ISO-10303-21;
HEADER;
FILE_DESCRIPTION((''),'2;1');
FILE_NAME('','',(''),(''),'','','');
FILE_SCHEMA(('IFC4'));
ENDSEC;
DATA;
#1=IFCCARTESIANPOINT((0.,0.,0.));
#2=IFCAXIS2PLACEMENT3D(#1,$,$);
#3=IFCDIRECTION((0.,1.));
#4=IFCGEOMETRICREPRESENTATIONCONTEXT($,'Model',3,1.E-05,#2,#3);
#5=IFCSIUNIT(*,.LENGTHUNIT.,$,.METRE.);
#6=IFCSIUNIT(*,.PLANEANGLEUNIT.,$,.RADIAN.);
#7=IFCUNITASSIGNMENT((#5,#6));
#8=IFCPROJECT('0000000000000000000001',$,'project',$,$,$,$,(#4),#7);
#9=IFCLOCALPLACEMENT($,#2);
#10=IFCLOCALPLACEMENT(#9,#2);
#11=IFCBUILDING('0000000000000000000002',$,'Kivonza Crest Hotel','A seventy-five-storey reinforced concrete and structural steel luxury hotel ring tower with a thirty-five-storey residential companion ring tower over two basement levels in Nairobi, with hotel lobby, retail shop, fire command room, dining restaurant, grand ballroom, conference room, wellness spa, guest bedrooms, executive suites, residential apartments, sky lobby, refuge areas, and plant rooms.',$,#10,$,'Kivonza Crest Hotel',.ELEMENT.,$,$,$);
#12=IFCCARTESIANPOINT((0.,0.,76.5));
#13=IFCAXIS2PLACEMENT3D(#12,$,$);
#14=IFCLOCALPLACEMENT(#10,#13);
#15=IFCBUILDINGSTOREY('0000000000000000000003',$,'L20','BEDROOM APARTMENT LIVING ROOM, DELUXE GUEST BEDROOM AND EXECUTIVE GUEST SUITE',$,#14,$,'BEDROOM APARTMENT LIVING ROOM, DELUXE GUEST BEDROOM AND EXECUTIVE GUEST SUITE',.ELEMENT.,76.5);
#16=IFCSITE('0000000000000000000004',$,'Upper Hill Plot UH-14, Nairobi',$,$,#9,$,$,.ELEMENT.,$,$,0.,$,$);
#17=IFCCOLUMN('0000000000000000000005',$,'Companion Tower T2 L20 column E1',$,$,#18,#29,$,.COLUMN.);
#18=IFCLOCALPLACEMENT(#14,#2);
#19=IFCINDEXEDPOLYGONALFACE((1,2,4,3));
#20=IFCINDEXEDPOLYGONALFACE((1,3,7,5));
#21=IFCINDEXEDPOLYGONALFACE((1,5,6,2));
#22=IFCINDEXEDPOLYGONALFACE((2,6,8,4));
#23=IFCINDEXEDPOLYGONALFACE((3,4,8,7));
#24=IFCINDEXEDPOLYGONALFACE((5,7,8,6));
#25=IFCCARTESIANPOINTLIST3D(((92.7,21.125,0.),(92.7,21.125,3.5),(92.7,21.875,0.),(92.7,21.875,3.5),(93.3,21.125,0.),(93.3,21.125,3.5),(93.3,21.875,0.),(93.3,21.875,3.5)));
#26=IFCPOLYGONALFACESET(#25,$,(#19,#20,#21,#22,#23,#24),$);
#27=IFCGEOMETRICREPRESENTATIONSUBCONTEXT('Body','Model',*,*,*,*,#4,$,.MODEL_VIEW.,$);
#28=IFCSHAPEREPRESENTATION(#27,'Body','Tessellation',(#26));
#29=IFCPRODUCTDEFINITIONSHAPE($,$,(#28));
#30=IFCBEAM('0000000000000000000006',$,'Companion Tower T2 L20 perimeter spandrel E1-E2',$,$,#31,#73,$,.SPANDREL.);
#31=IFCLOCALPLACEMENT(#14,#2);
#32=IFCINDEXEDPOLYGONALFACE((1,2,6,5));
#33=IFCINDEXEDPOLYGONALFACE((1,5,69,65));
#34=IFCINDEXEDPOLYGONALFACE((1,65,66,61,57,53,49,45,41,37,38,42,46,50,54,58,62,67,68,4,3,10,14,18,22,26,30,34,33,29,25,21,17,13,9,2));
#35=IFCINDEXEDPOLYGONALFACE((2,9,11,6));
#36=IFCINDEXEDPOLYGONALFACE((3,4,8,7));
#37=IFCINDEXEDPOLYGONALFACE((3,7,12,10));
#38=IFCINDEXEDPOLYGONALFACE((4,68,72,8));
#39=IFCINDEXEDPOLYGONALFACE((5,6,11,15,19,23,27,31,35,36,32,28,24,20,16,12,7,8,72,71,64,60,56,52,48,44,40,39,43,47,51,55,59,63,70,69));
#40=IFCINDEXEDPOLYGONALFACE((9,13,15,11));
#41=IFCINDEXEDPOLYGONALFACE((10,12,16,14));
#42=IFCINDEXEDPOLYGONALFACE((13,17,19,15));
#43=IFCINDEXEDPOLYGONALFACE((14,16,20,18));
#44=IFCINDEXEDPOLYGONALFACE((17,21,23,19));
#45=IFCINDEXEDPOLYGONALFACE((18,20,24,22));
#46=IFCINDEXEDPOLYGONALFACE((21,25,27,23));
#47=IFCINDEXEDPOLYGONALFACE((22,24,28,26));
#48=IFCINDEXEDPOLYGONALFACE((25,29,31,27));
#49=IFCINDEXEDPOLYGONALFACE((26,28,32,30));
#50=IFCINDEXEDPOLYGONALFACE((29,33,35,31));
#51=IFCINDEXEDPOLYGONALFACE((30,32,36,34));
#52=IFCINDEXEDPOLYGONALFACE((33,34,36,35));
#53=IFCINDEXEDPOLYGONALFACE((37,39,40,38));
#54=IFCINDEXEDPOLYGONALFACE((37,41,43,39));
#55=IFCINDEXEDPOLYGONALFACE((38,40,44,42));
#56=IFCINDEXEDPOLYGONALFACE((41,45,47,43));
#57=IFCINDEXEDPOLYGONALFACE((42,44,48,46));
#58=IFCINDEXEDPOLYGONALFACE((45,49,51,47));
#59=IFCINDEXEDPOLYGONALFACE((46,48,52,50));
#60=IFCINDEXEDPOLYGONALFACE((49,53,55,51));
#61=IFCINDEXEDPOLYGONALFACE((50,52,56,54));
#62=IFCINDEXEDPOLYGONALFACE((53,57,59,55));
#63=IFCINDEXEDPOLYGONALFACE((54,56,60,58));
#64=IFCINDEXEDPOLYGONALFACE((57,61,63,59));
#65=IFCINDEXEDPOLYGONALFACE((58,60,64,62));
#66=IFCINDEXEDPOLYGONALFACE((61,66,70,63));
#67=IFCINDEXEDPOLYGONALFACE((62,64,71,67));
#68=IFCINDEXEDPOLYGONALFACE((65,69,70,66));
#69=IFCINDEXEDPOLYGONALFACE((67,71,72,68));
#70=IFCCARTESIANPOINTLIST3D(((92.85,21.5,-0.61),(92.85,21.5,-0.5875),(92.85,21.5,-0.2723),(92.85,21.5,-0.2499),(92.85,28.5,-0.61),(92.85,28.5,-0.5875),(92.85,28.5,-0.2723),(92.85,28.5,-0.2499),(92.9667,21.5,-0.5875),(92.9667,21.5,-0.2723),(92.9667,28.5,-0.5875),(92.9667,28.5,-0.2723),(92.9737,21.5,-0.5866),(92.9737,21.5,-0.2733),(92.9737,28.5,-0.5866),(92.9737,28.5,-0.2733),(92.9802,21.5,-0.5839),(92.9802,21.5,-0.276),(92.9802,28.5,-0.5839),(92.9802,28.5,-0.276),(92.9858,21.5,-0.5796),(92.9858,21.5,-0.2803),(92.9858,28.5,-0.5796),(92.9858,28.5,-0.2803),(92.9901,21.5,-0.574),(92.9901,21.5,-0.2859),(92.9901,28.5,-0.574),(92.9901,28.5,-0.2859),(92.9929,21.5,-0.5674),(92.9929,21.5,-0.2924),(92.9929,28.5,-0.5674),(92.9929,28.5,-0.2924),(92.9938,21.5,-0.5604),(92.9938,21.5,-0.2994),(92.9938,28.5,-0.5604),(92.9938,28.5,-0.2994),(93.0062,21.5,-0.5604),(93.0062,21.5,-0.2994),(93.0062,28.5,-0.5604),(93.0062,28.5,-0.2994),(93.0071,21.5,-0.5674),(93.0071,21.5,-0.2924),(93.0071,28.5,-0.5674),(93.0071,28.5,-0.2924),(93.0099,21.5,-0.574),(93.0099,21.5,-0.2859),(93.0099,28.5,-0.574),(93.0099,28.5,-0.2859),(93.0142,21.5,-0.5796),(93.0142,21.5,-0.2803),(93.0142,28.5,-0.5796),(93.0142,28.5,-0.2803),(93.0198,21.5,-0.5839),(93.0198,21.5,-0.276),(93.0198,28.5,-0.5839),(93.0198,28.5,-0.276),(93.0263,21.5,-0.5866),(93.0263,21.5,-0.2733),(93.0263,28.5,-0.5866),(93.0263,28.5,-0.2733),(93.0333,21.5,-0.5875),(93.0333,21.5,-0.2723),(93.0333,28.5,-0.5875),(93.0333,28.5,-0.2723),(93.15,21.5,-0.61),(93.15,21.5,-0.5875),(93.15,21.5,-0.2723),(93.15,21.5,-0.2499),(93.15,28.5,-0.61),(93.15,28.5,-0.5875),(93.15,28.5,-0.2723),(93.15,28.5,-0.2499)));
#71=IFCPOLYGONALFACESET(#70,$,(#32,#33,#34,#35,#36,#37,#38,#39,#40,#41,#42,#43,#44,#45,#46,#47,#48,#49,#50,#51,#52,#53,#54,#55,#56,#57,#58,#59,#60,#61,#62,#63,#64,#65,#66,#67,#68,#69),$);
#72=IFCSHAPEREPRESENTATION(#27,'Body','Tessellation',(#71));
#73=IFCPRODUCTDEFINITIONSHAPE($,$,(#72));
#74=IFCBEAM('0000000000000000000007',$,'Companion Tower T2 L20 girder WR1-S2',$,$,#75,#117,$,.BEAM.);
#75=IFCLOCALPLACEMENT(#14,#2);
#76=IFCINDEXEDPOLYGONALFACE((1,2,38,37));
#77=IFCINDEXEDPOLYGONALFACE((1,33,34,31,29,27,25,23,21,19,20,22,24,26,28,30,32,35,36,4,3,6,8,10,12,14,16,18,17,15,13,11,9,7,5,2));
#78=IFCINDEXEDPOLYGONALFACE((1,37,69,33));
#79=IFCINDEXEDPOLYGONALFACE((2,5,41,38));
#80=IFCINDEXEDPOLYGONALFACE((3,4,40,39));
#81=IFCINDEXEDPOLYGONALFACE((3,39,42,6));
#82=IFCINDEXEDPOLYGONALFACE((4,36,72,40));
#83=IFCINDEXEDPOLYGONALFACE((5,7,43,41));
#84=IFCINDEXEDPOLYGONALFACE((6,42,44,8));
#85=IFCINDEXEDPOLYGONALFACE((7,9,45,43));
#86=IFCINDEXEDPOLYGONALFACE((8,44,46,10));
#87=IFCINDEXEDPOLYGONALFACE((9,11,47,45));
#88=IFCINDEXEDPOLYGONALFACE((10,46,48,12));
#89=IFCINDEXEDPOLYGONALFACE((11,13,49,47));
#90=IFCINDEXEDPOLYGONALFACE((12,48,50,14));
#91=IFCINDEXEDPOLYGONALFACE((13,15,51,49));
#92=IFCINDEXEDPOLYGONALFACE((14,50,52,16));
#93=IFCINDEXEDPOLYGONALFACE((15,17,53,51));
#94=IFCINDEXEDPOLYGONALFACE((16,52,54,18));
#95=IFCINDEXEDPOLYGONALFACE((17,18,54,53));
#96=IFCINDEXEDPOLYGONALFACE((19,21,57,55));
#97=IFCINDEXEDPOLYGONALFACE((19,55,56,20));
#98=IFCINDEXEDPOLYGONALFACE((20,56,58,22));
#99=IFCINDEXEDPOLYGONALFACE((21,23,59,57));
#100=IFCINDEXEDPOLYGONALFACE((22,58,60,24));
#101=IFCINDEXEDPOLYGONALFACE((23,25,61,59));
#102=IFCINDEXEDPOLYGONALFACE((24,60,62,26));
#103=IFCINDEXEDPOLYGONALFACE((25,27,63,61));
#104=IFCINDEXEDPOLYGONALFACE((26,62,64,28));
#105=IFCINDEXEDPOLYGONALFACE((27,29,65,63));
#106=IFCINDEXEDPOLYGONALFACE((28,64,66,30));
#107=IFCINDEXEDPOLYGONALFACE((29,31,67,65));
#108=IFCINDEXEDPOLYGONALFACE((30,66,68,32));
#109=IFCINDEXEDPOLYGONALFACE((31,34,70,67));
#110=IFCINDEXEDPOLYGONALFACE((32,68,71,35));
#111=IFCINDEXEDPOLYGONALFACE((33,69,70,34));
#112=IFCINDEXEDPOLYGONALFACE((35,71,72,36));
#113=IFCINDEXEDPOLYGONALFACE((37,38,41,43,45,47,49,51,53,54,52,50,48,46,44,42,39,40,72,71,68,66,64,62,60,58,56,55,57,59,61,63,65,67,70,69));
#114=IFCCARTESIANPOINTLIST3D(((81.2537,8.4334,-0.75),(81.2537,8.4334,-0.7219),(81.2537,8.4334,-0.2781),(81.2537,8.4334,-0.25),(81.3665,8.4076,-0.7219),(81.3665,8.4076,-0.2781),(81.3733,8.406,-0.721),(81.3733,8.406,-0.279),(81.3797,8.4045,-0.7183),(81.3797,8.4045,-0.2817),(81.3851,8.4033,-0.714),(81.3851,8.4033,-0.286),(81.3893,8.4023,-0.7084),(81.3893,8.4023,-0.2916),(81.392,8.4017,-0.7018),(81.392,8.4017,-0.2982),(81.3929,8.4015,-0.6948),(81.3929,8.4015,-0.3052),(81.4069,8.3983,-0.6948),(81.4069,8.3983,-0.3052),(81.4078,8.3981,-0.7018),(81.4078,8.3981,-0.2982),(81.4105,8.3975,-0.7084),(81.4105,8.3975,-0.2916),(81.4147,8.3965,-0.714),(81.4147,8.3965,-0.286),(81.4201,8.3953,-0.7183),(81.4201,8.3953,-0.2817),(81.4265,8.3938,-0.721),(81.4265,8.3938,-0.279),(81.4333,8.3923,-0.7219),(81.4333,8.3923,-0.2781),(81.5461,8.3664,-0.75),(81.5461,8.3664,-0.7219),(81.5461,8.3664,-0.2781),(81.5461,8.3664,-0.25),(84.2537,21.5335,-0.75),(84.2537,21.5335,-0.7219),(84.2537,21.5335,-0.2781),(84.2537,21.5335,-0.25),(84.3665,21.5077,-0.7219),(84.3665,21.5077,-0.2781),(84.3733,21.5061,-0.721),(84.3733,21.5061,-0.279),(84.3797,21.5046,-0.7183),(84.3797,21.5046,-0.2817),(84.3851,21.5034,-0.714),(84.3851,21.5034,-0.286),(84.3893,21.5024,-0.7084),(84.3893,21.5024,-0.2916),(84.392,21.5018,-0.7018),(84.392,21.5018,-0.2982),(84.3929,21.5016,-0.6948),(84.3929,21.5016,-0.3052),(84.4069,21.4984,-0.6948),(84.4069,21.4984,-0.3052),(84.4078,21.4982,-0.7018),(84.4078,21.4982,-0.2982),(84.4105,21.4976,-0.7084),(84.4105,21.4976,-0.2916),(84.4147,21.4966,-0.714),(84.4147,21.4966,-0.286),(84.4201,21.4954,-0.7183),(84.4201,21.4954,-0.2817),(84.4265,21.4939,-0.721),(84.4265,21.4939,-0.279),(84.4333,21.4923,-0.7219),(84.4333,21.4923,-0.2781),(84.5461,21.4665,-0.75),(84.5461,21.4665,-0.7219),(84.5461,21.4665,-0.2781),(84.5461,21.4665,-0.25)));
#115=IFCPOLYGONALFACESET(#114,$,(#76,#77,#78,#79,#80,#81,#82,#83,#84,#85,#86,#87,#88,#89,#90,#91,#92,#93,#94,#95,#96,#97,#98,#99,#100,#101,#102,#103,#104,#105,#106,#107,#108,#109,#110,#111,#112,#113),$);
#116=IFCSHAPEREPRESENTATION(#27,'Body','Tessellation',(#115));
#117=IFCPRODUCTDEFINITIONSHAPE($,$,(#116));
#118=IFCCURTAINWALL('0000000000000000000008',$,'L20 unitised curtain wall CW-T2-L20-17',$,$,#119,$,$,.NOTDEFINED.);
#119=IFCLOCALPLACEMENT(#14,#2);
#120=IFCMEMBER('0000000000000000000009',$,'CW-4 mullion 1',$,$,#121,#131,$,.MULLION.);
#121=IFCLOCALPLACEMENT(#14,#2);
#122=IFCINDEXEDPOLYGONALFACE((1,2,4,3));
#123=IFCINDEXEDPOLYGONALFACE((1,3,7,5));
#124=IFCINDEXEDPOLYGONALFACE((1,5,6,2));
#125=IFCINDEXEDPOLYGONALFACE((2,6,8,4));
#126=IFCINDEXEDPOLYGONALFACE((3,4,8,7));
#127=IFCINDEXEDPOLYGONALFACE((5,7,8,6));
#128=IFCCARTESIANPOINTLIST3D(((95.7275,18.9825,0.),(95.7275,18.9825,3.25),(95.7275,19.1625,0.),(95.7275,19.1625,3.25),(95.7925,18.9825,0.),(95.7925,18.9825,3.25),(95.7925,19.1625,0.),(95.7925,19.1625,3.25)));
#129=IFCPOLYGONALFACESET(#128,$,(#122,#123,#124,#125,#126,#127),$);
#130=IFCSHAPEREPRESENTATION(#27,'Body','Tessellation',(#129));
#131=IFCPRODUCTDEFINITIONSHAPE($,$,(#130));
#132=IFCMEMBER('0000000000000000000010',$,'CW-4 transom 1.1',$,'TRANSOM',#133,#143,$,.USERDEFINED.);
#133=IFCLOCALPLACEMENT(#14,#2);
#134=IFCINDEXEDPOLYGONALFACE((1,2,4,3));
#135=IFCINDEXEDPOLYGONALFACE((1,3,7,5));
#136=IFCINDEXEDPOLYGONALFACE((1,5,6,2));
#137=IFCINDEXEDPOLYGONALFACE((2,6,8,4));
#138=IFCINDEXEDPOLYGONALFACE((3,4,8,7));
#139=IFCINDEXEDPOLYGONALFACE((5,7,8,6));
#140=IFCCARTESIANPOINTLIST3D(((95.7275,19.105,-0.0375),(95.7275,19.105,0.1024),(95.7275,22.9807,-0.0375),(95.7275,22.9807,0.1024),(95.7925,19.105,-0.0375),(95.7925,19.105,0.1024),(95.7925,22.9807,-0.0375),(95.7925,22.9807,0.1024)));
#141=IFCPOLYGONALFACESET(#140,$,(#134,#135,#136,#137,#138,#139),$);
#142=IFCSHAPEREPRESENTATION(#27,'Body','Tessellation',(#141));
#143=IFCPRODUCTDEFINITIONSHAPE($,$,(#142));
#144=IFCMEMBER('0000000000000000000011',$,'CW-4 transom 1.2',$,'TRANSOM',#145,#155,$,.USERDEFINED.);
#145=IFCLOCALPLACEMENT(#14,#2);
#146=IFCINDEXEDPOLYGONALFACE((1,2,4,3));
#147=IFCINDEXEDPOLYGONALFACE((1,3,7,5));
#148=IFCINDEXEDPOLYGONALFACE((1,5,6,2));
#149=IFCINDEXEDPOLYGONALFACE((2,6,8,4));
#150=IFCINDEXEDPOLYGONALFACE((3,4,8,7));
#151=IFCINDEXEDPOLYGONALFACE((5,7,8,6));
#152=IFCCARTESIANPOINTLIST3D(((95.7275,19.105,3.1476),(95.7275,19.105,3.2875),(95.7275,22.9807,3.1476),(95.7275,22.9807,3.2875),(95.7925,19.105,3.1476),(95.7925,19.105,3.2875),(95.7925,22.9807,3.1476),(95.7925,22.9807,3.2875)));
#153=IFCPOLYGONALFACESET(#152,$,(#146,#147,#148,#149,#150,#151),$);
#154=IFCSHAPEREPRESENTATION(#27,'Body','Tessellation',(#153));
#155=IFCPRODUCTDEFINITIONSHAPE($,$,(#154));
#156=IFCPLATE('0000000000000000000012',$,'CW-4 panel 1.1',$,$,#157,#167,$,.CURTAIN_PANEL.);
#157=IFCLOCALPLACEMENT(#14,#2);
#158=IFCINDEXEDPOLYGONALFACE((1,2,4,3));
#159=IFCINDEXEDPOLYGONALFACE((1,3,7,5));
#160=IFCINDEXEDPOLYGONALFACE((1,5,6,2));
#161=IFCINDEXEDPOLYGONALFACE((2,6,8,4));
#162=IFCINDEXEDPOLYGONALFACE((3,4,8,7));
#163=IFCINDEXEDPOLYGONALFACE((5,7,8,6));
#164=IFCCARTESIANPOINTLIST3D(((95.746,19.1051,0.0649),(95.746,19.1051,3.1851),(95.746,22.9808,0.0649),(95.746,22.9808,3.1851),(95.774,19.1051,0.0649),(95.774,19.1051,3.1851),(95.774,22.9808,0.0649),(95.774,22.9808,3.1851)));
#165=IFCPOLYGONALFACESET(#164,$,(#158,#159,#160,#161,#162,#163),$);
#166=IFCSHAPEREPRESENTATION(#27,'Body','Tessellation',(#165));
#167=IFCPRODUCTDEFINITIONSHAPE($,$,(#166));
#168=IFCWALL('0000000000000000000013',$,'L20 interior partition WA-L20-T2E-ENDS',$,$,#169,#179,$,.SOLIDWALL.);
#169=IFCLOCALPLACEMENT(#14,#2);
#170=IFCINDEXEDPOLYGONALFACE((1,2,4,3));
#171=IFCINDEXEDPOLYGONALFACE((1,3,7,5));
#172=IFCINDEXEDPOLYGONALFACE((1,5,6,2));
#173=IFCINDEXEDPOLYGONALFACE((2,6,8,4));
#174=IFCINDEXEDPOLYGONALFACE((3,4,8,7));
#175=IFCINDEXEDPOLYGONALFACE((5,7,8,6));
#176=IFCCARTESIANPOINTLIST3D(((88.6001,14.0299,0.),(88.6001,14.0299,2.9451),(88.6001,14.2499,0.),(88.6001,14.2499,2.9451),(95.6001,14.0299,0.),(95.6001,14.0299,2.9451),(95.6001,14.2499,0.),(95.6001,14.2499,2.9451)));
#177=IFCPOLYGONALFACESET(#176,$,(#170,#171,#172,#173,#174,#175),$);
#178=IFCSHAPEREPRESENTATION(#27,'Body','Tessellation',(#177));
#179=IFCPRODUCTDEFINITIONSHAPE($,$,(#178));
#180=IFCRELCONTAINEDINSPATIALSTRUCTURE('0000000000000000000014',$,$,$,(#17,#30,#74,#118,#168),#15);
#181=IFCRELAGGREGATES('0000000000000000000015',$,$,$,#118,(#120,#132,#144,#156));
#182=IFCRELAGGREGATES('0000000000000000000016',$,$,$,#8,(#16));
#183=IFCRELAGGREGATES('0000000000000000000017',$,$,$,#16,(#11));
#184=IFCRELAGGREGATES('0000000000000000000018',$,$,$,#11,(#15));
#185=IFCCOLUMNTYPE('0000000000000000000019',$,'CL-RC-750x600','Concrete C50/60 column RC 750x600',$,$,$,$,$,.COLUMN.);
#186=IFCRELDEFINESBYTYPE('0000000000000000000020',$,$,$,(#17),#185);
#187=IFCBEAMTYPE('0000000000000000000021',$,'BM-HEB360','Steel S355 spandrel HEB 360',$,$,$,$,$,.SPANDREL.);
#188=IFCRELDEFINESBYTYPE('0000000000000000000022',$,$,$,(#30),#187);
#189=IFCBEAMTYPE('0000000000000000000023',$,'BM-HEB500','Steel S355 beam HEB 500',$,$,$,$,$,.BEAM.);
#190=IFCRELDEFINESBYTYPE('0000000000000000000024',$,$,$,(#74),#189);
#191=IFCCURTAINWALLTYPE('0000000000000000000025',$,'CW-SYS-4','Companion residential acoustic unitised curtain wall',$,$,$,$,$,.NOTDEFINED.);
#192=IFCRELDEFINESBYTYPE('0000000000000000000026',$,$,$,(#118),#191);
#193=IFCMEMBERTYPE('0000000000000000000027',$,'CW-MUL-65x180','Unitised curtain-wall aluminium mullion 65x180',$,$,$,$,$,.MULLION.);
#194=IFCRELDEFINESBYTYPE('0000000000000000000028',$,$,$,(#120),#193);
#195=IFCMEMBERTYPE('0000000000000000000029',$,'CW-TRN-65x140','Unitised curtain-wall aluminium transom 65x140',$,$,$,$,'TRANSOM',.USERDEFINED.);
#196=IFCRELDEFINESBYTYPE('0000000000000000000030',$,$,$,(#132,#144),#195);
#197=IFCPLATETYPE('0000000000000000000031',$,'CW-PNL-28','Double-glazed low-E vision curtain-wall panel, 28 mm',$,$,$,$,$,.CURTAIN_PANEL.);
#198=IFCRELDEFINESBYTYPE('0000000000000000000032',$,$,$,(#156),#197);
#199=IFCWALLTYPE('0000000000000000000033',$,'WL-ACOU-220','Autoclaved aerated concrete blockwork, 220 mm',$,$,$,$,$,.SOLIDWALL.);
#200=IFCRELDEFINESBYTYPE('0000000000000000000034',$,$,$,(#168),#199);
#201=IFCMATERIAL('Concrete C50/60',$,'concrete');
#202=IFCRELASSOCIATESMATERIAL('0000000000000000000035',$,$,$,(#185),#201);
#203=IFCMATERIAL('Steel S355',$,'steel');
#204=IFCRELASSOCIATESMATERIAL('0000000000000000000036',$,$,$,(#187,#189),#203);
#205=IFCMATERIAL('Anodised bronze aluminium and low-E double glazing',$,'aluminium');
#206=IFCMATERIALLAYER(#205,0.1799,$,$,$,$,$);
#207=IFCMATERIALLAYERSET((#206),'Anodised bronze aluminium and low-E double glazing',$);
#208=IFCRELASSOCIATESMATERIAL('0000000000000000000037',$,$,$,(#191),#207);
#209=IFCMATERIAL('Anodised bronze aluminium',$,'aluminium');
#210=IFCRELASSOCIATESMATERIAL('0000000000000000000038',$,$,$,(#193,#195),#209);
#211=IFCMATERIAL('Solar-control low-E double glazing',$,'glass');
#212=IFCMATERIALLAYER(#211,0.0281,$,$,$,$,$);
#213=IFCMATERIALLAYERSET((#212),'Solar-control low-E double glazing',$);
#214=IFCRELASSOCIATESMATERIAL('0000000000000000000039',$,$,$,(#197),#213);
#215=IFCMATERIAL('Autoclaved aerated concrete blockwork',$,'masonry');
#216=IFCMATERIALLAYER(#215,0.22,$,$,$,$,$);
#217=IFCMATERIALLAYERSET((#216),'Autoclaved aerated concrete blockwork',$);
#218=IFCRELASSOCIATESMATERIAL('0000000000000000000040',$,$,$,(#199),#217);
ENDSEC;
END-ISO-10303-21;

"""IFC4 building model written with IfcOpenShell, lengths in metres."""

from ifc_helpers import new_model, si_unit, direction, frame, frame_2d, origin, origin_2d, place, context, subcontext, project, spatial, rectangle, i_section, extrude, material, layer, layer_set, material_profile, profile_set, type_object, element, aggregate, save


model = new_model("IFC4")

# Units and contexts
model_context = context("Model", 3, precision=1e-05, world=origin(), true_north=direction((0.0, 1.0)))
body_context = subcontext(model_context, "Body", "Model", "MODEL_VIEW")
ifc_project = project(units=[si_unit("LENGTHUNIT", "METRE"), si_unit("PLANEANGLEUNIT", "RADIAN")], contexts=[model_context])

# Site, building, storey
site_placement = place(None, origin())
site = spatial("IfcSite", under=ifc_project, at=site_placement, Name="Upper Hill Plot UH-14, Nairobi", CompositionType="ELEMENT", RefElevation=0.0)
building_placement = place(site_placement, origin())
building = spatial("IfcBuilding", under=site, at=building_placement, Name="Kivonza Crest Hotel", Description="A seventy-five-storey reinforced concrete and structural steel luxury hotel ring tower with a thirty-five-storey residential companion ring tower over two basement levels in Nairobi, with hotel lobby, retail shop, fire command room, dining restaurant, grand ballroom, conference room, wellness spa, guest bedrooms, executive suites, residential apartments, sky lobby, refuge areas, and plant rooms.", LongName="Kivonza Crest Hotel", CompositionType="ELEMENT")
storey_placement = place(building_placement, frame((0.0, 0.0, 76.5)))
storey = spatial("IfcBuildingStorey", under=building, at=storey_placement, Name="L20", Description="BEDROOM APARTMENT LIVING ROOM, DELUXE GUEST BEDROOM AND EXECUTIVE GUEST SUITE", LongName="BEDROOM APARTMENT LIVING ROOM, DELUXE GUEST BEDROOM AND EXECUTIVE GUEST SUITE", CompositionType="ELEMENT", Elevation=76.5)

# Column
ifc_material_1 = material(Name="Concrete C50/60", Category="concrete")
ifc_material_profile_1 = material_profile(ifc_material_1, rectangle(XDim=0.6001, YDim=0.75, at=origin_2d()), Name="RC 750x600")
ifc_profile_set_1 = profile_set([ifc_material_profile_1], Name="Concrete C50/60")
column_type = type_object("IfcColumnType", Name="CL-RC-750x600", Description="Concrete C50/60 column RC 750x600", PredefinedType="COLUMN", material=ifc_profile_set_1)
column_placement = place(storey_placement, frame((93.0, 21.5, 0.0), z_axis=(0.0, 0.0, 1.0), x_axis=(1.0, 0.0, 0.0)))
element("IfcColumn", 1, at=column_placement, inside=storey, type_object=column_type, Name="Companion Tower T2 L20 column E1", PredefinedType="COLUMN", context=body_context, shape_type="SweptSolid", body=[
    extrude(rectangle(XDim=0.6001, YDim=0.75, at=origin_2d()), origin(), (0.0, 0.0, 1.0), 3.5),
])

# Beams
ifc_material_2 = material(Name="Steel S355", Category="steel")
ifc_material_profile_2 = material_profile(ifc_material_2, i_section(OverallWidth=0.3, OverallDepth=0.3601, WebThickness=0.0125, FlangeThickness=0.0225, FilletRadius=0.0271, at=origin_2d()), Name="HEB 360")
ifc_profile_set_2 = profile_set([ifc_material_profile_2], Name="Steel S355")
beam_type_1 = type_object("IfcBeamType", Name="BM-HEB360", Description="Steel S355 spandrel HEB 360", PredefinedType="SPANDREL", material=ifc_profile_set_2)
beam_1_placement = place(storey_placement, frame((93.0, 21.5, -0.4299), z_axis=(0.0, 1.0, 0.0), x_axis=(-1.0, 0.0, 0.0)))
element("IfcBeam", 2, at=beam_1_placement, inside=storey, type_object=beam_type_1, Name="Companion Tower T2 L20 perimeter spandrel E1-E2", PredefinedType="SPANDREL", context=body_context, shape_type="SweptSolid", body=[
    extrude(i_section(OverallWidth=0.3, OverallDepth=0.3601, WebThickness=0.0125, FlangeThickness=0.0225, FilletRadius=0.0271, at=origin_2d()), origin(), (0.0, 0.0, 1.0), 7.0),
])
ifc_material_profile_3 = material_profile(ifc_material_2, i_section(OverallWidth=0.3, OverallDepth=0.5, WebThickness=0.0144, FlangeThickness=0.0281, FilletRadius=0.0271, at=origin_2d()), Name="HEB 500")
ifc_profile_set_3 = profile_set([ifc_material_profile_3], Name="Steel S355")
beam_type_2 = type_object("IfcBeamType", Name="BM-HEB500", Description="Steel S355 beam HEB 500", PredefinedType="BEAM", material=ifc_profile_set_3)
beam_2_placement = place(storey_placement, frame((84.3999, 21.5, -0.5), z_axis=(-0.223227, -0.974766, 0.0), x_axis=(0.974766, -0.223227, 0.0)))
element("IfcBeam", 3, at=beam_2_placement, inside=storey, type_object=beam_type_2, Name="Companion Tower T2 L20 girder WR1-S2", PredefinedType="BEAM", context=body_context, shape_type="SweptSolid", body=[
    extrude(i_section(OverallWidth=0.3, OverallDepth=0.5, WebThickness=0.0144, FlangeThickness=0.0281, FilletRadius=0.0271, at=origin_2d()), origin(), (0.0, 0.0, 1.0), 13.4392),
])

# Curtain wall, members, plate
ifc_material_3 = material(Name="Anodised bronze aluminium and low-E double glazing", Category="aluminium")
ifc_layer_1 = layer(ifc_material_3, 0.1799)
ifc_layer_set_1 = layer_set([ifc_layer_1], Name="Anodised bronze aluminium and low-E double glazing")
curtain_wall_type = type_object("IfcCurtainWallType", Name="CW-SYS-4", Description="Companion residential acoustic unitised curtain wall", PredefinedType="NOTDEFINED", material=ifc_layer_set_1)
curtain_wall_placement = place(storey_placement, origin())
curtain_wall = element("IfcCurtainWall", 4, at=curtain_wall_placement, inside=storey, type_object=curtain_wall_type, Name="L20 unitised curtain wall CW-T2-L20-17", PredefinedType="NOTDEFINED")
ifc_material_4 = material(Name="Anodised bronze aluminium", Category="aluminium")
ifc_material_profile_4 = material_profile(ifc_material_4, rectangle(XDim=0.0649, YDim=0.1799, at=origin_2d()), Name="CW-M 65x180")
ifc_profile_set_4 = profile_set([ifc_material_profile_4], Name="Anodised bronze aluminium")
member_type_1 = type_object("IfcMemberType", Name="CW-MUL-65x180", Description="Unitised curtain-wall aluminium mullion 65x180", PredefinedType="MULLION", material=ifc_profile_set_4)
member_1_placement = place(storey_placement, frame((95.76, 19.0725, 0.0), z_axis=(0.0, 0.0, 1.0), x_axis=(-1.0, 0.0, 0.0)))
member_1 = element("IfcMember", 5, at=member_1_placement, type_object=member_type_1, Name="CW-4 mullion 1", PredefinedType="MULLION", context=body_context, shape_type="SweptSolid", body=[
    extrude(rectangle(XDim=0.0649, YDim=0.1799, at=origin_2d()), origin(), (0.0, 0.0, 1.0), 3.25),
])
ifc_material_profile_5 = material_profile(ifc_material_4, rectangle(XDim=0.0649, YDim=0.1399, at=origin_2d()), Name="CW-T 65x140")
ifc_profile_set_5 = profile_set([ifc_material_profile_5], Name="Anodised bronze aluminium")
member_type_2 = type_object("IfcMemberType", Name="CW-TRN-65x140", Description="Unitised curtain-wall aluminium transom 65x140", ElementType="TRANSOM", PredefinedType="USERDEFINED", material=ifc_profile_set_5)
member_2_placement = place(storey_placement, frame((95.76, 19.105, 0.0325), z_axis=(0.0, 1.0, 0.0), x_axis=(-1.0, 0.0, 0.0)))
member_2 = element("IfcMember", 6, at=member_2_placement, type_object=member_type_2, Name="CW-4 transom 1.1", ObjectType="TRANSOM", PredefinedType="USERDEFINED", context=body_context, shape_type="SweptSolid", body=[
    extrude(rectangle(XDim=0.0649, YDim=0.1399, at=origin_2d()), origin(), (0.0, 0.0, 1.0), 3.8757),
])
member_3_placement = place(storey_placement, frame((95.76, 19.105, 3.2175), z_axis=(0.0, 1.0, 0.0), x_axis=(-1.0, 0.0, 0.0)))
member_3 = element("IfcMember", 7, at=member_3_placement, type_object=member_type_2, Name="CW-4 transom 1.2", ObjectType="TRANSOM", PredefinedType="USERDEFINED", context=body_context, shape_type="SweptSolid", body=[
    extrude(rectangle(XDim=0.0649, YDim=0.1399, at=origin_2d()), origin(), (0.0, 0.0, 1.0), 3.8757),
])
ifc_material_5 = material(Name="Solar-control low-E double glazing", Category="glass")
ifc_layer_2 = layer(ifc_material_5, 0.0281)
ifc_layer_set_2 = layer_set([ifc_layer_2], Name="Solar-control low-E double glazing")
plate_type = type_object("IfcPlateType", Name="CW-PNL-28", Description="Double-glazed low-E vision curtain-wall panel, 28 mm", PredefinedType="CURTAIN_PANEL", material=ifc_layer_set_2)
plate_placement = place(storey_placement, frame((95.76, 21.043, 0.0649), z_axis=(0.0, 0.0, 1.0), x_axis=(0.0, 1.0, 0.0)))
plate = element("IfcPlate", 8, at=plate_placement, type_object=plate_type, Name="CW-4 panel 1.1", PredefinedType="CURTAIN_PANEL", context=body_context, shape_type="SweptSolid", body=[
    extrude(rectangle(XDim=3.8757, YDim=0.0281, at=origin_2d()), origin(), (0.0, 0.0, 1.0), 3.1201),
])
aggregate(curtain_wall, [member_1, member_2, member_3, plate])

# Wall
ifc_material_6 = material(Name="Autoclaved aerated concrete blockwork", Category="masonry")
ifc_layer_3 = layer(ifc_material_6, 0.22)
ifc_layer_set_3 = layer_set([ifc_layer_3], Name="Autoclaved aerated concrete blockwork")
wall_type_1 = type_object("IfcWallType", Name="WL-ACOU-220", Description="Autoclaved aerated concrete blockwork, 220 mm", PredefinedType="SOLIDWALL", material=ifc_layer_set_3)
wall_1_placement = place(storey_placement, frame((88.6001, 14.1399, 0.0), z_axis=(0.0, 0.0, 1.0), x_axis=(1.0, 0.0, 0.0)))
element("IfcWall", 9, at=wall_1_placement, inside=storey, type_object=wall_type_1, Name="L20 interior partition WA-L20-T2E-ENDS", PredefinedType="SOLIDWALL", context=body_context, shape_type="SweptSolid", body=[
    extrude(rectangle(XDim=7.0, YDim=0.22, at=frame_2d((3.5, 0.0))), origin(), (0.0, 0.0, 1.0), 2.9451),
])

save(model, "model.ifc")
